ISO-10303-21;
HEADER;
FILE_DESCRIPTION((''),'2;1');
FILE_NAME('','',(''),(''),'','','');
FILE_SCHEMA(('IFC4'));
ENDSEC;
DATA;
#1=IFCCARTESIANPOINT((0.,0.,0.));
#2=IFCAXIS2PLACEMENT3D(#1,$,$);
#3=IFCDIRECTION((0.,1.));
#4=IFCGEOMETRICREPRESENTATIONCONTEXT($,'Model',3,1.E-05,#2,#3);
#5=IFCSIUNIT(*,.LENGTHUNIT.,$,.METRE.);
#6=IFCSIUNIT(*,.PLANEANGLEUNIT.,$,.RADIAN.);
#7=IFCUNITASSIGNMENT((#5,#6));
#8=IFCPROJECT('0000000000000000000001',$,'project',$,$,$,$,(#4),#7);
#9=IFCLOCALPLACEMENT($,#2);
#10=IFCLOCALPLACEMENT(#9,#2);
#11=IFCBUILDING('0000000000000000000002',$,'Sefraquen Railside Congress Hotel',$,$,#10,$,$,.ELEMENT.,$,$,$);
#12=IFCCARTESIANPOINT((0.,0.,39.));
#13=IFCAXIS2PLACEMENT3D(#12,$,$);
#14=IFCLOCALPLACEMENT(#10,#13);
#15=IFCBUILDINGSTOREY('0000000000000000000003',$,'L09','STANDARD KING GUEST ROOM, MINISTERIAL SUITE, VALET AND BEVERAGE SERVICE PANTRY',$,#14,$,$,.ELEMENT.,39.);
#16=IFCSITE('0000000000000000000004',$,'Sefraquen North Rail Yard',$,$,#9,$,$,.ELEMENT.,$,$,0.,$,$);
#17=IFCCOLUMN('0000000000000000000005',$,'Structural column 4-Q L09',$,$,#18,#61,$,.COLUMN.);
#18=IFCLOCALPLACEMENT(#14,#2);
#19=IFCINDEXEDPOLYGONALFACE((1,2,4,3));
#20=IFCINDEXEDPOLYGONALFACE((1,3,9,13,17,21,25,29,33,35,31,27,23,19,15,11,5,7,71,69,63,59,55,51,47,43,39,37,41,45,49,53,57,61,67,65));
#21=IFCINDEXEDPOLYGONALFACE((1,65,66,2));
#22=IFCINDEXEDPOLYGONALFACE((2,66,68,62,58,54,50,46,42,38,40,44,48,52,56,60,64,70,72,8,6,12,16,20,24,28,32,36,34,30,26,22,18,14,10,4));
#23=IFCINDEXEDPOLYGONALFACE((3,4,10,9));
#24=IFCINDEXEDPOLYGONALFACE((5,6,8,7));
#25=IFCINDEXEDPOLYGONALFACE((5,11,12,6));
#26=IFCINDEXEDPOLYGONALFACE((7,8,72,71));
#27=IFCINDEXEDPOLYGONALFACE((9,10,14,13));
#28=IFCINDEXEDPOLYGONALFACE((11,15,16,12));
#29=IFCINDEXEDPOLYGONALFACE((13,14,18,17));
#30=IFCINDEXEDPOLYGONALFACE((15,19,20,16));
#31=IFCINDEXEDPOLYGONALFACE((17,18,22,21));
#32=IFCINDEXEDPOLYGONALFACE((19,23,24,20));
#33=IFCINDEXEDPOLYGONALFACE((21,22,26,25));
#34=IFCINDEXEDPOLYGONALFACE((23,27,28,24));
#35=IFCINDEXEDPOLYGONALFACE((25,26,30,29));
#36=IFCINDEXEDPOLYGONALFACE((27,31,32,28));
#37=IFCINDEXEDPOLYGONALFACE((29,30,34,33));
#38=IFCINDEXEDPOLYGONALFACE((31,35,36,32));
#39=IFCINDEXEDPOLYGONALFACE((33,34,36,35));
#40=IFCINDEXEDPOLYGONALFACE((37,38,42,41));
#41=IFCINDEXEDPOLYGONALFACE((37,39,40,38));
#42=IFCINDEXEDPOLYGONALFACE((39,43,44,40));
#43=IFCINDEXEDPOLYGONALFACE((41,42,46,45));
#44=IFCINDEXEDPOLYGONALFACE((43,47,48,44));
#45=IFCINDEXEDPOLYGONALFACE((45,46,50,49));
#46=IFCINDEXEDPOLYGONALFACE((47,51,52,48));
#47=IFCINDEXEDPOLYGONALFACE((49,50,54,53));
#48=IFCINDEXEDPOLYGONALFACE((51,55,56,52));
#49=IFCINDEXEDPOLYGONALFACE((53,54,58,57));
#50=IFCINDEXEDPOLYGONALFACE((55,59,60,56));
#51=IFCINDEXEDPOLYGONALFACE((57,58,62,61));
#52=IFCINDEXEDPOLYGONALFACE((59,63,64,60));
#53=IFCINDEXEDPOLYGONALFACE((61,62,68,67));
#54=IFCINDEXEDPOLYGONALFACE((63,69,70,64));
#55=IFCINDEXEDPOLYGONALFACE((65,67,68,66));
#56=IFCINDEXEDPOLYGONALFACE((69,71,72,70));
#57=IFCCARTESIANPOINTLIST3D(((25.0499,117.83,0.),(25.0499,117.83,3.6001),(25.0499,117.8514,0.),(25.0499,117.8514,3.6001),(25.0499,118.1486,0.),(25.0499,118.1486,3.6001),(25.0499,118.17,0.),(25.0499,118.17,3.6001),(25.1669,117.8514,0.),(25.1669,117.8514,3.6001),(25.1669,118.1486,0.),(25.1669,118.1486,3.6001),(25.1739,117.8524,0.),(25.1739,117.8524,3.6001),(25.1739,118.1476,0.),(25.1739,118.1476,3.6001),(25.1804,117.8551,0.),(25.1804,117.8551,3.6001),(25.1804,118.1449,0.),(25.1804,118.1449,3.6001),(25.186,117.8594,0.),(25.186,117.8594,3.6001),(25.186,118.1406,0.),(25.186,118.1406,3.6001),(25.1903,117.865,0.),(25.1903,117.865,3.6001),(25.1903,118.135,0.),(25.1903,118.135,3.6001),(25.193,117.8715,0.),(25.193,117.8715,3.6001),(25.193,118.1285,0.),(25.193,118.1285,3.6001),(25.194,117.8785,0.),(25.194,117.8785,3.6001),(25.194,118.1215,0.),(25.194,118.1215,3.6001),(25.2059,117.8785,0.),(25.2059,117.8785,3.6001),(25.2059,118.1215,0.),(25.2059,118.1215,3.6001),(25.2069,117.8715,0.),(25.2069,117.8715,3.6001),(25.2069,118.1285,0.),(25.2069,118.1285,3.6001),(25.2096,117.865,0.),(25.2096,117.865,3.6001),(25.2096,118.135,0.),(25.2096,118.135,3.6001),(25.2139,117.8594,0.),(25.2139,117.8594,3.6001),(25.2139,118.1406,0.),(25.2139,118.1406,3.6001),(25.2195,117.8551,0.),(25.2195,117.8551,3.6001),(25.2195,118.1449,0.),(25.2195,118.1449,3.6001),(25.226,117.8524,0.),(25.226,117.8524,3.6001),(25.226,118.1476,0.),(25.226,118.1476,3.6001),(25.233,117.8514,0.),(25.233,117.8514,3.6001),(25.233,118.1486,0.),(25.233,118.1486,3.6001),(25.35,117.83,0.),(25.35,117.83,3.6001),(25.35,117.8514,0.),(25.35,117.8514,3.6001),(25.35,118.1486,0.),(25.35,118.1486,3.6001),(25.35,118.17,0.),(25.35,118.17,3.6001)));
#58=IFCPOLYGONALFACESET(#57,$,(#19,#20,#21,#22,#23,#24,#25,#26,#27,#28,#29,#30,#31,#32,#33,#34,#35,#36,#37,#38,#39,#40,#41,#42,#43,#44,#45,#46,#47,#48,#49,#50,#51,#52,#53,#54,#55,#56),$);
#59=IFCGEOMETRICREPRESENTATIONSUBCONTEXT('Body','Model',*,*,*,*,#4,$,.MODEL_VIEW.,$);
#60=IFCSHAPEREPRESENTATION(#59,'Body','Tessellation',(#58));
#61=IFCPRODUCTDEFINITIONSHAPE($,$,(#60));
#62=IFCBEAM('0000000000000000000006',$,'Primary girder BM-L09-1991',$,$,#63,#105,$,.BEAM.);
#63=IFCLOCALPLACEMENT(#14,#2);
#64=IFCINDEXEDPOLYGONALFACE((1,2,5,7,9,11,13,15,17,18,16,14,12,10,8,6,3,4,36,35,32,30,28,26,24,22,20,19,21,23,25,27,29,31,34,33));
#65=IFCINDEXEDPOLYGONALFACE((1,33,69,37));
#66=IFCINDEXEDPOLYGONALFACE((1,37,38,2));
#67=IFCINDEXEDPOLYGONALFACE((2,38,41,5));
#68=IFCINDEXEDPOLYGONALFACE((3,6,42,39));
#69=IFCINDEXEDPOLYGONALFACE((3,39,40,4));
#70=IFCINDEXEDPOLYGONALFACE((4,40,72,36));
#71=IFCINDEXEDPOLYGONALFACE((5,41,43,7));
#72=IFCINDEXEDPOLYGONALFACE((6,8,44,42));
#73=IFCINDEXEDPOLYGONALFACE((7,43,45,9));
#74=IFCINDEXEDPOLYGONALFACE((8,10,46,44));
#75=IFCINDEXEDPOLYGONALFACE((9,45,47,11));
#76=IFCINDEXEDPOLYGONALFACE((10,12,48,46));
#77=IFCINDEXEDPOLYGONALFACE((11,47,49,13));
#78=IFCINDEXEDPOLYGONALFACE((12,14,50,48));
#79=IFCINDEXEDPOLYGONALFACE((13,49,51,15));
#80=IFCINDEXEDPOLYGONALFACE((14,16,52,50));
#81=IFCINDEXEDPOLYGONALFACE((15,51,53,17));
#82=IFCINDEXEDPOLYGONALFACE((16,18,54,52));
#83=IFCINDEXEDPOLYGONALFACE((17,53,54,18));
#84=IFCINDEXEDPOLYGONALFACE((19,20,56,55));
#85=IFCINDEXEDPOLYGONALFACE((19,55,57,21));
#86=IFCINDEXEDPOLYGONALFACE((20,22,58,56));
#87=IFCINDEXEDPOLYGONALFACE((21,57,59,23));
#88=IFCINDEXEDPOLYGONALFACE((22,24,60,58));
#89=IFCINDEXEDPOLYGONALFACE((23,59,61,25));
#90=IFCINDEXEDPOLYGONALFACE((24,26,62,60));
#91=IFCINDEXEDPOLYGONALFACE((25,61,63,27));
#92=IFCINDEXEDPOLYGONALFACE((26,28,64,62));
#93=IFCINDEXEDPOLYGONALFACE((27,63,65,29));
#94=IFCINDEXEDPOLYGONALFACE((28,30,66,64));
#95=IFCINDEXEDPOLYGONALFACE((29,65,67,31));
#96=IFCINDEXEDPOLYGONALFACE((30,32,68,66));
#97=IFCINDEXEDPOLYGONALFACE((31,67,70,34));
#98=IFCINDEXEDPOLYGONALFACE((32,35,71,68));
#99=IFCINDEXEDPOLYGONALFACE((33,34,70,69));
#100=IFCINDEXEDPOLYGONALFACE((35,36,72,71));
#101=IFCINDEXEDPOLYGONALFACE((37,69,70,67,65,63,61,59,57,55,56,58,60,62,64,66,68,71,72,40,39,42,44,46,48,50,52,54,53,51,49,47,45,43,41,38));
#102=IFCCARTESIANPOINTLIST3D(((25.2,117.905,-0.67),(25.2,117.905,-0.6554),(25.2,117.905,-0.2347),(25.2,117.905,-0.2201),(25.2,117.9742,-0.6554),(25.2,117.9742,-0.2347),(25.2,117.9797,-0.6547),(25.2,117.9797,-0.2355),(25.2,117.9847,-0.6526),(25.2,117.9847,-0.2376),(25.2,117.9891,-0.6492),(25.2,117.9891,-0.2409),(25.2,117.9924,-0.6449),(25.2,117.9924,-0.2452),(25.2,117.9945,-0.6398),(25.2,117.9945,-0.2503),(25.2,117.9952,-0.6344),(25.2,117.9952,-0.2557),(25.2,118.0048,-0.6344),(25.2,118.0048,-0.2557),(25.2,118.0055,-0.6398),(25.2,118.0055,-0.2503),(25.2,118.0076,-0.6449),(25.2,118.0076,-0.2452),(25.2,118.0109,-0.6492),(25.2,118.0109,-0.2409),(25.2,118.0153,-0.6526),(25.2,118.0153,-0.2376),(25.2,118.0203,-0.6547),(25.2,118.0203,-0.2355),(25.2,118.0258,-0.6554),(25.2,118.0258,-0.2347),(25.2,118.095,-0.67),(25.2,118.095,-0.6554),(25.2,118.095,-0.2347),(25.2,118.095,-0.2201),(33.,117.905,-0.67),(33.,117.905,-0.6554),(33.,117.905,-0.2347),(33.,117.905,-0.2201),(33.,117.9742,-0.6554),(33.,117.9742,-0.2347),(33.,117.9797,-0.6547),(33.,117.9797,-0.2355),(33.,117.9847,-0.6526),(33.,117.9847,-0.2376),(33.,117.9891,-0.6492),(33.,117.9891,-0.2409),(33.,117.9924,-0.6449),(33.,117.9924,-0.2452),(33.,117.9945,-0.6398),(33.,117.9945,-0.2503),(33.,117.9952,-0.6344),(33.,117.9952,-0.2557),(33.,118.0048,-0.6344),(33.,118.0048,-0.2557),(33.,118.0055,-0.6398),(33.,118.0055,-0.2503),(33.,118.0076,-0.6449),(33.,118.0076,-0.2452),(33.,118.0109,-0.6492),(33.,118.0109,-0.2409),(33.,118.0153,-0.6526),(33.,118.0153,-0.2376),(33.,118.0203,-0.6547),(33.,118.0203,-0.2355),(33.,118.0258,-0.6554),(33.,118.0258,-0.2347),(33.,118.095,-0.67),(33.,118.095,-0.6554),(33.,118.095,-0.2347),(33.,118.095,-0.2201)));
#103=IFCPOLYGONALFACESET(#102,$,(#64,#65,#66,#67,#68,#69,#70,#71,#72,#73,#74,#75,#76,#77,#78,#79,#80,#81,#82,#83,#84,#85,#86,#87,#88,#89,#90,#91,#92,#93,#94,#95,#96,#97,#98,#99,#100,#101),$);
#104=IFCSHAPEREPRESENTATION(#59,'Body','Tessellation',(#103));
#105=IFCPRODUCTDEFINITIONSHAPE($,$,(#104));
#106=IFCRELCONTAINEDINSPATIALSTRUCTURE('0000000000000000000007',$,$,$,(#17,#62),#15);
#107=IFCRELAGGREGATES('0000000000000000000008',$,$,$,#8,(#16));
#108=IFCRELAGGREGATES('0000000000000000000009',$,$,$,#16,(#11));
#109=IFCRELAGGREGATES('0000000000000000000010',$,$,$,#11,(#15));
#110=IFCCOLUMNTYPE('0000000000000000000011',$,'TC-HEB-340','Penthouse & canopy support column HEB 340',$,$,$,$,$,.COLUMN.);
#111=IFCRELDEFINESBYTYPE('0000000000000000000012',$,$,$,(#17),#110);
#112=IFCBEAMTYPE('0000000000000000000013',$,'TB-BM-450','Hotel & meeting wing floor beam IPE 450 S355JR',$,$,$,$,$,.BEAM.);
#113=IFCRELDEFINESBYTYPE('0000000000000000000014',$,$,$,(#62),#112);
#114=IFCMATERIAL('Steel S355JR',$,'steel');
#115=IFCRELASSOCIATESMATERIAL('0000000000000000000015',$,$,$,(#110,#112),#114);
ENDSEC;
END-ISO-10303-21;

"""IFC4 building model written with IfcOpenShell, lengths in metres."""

from ifc_helpers import new_model, si_unit, direction, frame, origin, origin_2d, place, context, subcontext, project, spatial, i_section, extrude, material, material_profile, profile_set, type_object, element, save


model = new_model("IFC4")

# Units and contexts
model_context = context("Model", 3, precision=1e-05, world=origin(), true_north=direction((0.0, 1.0)))
body_context = subcontext(model_context, "Body", "Model", "MODEL_VIEW")
ifc_project = project(units=[si_unit("LENGTHUNIT", "METRE"), si_unit("PLANEANGLEUNIT", "RADIAN")], contexts=[model_context])

# Site, building, storey
site_placement = place(None, origin())
site = spatial("IfcSite", under=ifc_project, at=site_placement, Name="Sefraquen North Rail Yard", CompositionType="ELEMENT", RefElevation=0.0)
building_placement = place(site_placement, origin())
building = spatial("IfcBuilding", under=site, at=building_placement, Name="Sefraquen Railside Congress Hotel", CompositionType="ELEMENT")
storey_placement = place(building_placement, frame((0.0, 0.0, 39.0)))
storey = spatial("IfcBuildingStorey", under=building, at=storey_placement, Name="L09", Description="STANDARD KING GUEST ROOM, MINISTERIAL SUITE, VALET AND BEVERAGE SERVICE PANTRY", CompositionType="ELEMENT", Elevation=39.0)

# Column
ifc_material_1 = material(Name="Steel S355JR", Category="steel")
ifc_material_profile_1 = material_profile(ifc_material_1, i_section(OverallWidth=0.3, OverallDepth=0.3401, WebThickness=0.012, FlangeThickness=0.0215, FilletRadius=0.0271, at=origin_2d()), Name="HEB 340")
ifc_profile_set_1 = profile_set([ifc_material_profile_1], Name="Steel S355JR")
column_type = type_object("IfcColumnType", Name="TC-HEB-340", Description="Penthouse & canopy support column HEB 340", PredefinedType="COLUMN", material=ifc_profile_set_1)
column_placement = place(storey_placement, frame((25.2, 118.0, 0.0), z_axis=(0.0, 0.0, 1.0), x_axis=(1.0, 0.0, 0.0)))
element("IfcColumn", 1, at=column_placement, inside=storey, type_object=column_type, Name="Structural column 4-Q L09", PredefinedType="COLUMN", context=body_context, shape_type="SweptSolid", body=[
    extrude(i_section(OverallWidth=0.3, OverallDepth=0.3401, WebThickness=0.012, FlangeThickness=0.0215, FilletRadius=0.0271, at=origin_2d()), origin(), (0.0, 0.0, 1.0), 3.6001),
])

# Beam
ifc_material_profile_2 = material_profile(ifc_material_1, i_section(OverallWidth=0.1899, OverallDepth=0.45, WebThickness=0.0095, FlangeThickness=0.0146, FilletRadius=0.021, at=origin_2d()), Name="IPE 450")
ifc_profile_set_2 = profile_set([ifc_material_profile_2], Name="Steel S355JR")
beam_type = type_object("IfcBeamType", Name="TB-BM-450", Description="Hotel & meeting wing floor beam IPE 450 S355JR", PredefinedType="BEAM", material=ifc_profile_set_2)
beam_placement = place(storey_placement, frame((25.2, 118.0, -0.4451), z_axis=(1.0, 0.0, 0.0), x_axis=(0.0, 1.0, 0.0)))
element("IfcBeam", 2, at=beam_placement, inside=storey, type_object=beam_type, Name="Primary girder BM-L09-1991", PredefinedType="BEAM", context=body_context, shape_type="SweptSolid", body=[
    extrude(i_section(OverallWidth=0.1899, OverallDepth=0.45, WebThickness=0.0095, FlangeThickness=0.0146, FilletRadius=0.021, at=origin_2d()), origin(), (0.0, 0.0, 1.0), 7.8),
])

save(model, "model.ifc")
